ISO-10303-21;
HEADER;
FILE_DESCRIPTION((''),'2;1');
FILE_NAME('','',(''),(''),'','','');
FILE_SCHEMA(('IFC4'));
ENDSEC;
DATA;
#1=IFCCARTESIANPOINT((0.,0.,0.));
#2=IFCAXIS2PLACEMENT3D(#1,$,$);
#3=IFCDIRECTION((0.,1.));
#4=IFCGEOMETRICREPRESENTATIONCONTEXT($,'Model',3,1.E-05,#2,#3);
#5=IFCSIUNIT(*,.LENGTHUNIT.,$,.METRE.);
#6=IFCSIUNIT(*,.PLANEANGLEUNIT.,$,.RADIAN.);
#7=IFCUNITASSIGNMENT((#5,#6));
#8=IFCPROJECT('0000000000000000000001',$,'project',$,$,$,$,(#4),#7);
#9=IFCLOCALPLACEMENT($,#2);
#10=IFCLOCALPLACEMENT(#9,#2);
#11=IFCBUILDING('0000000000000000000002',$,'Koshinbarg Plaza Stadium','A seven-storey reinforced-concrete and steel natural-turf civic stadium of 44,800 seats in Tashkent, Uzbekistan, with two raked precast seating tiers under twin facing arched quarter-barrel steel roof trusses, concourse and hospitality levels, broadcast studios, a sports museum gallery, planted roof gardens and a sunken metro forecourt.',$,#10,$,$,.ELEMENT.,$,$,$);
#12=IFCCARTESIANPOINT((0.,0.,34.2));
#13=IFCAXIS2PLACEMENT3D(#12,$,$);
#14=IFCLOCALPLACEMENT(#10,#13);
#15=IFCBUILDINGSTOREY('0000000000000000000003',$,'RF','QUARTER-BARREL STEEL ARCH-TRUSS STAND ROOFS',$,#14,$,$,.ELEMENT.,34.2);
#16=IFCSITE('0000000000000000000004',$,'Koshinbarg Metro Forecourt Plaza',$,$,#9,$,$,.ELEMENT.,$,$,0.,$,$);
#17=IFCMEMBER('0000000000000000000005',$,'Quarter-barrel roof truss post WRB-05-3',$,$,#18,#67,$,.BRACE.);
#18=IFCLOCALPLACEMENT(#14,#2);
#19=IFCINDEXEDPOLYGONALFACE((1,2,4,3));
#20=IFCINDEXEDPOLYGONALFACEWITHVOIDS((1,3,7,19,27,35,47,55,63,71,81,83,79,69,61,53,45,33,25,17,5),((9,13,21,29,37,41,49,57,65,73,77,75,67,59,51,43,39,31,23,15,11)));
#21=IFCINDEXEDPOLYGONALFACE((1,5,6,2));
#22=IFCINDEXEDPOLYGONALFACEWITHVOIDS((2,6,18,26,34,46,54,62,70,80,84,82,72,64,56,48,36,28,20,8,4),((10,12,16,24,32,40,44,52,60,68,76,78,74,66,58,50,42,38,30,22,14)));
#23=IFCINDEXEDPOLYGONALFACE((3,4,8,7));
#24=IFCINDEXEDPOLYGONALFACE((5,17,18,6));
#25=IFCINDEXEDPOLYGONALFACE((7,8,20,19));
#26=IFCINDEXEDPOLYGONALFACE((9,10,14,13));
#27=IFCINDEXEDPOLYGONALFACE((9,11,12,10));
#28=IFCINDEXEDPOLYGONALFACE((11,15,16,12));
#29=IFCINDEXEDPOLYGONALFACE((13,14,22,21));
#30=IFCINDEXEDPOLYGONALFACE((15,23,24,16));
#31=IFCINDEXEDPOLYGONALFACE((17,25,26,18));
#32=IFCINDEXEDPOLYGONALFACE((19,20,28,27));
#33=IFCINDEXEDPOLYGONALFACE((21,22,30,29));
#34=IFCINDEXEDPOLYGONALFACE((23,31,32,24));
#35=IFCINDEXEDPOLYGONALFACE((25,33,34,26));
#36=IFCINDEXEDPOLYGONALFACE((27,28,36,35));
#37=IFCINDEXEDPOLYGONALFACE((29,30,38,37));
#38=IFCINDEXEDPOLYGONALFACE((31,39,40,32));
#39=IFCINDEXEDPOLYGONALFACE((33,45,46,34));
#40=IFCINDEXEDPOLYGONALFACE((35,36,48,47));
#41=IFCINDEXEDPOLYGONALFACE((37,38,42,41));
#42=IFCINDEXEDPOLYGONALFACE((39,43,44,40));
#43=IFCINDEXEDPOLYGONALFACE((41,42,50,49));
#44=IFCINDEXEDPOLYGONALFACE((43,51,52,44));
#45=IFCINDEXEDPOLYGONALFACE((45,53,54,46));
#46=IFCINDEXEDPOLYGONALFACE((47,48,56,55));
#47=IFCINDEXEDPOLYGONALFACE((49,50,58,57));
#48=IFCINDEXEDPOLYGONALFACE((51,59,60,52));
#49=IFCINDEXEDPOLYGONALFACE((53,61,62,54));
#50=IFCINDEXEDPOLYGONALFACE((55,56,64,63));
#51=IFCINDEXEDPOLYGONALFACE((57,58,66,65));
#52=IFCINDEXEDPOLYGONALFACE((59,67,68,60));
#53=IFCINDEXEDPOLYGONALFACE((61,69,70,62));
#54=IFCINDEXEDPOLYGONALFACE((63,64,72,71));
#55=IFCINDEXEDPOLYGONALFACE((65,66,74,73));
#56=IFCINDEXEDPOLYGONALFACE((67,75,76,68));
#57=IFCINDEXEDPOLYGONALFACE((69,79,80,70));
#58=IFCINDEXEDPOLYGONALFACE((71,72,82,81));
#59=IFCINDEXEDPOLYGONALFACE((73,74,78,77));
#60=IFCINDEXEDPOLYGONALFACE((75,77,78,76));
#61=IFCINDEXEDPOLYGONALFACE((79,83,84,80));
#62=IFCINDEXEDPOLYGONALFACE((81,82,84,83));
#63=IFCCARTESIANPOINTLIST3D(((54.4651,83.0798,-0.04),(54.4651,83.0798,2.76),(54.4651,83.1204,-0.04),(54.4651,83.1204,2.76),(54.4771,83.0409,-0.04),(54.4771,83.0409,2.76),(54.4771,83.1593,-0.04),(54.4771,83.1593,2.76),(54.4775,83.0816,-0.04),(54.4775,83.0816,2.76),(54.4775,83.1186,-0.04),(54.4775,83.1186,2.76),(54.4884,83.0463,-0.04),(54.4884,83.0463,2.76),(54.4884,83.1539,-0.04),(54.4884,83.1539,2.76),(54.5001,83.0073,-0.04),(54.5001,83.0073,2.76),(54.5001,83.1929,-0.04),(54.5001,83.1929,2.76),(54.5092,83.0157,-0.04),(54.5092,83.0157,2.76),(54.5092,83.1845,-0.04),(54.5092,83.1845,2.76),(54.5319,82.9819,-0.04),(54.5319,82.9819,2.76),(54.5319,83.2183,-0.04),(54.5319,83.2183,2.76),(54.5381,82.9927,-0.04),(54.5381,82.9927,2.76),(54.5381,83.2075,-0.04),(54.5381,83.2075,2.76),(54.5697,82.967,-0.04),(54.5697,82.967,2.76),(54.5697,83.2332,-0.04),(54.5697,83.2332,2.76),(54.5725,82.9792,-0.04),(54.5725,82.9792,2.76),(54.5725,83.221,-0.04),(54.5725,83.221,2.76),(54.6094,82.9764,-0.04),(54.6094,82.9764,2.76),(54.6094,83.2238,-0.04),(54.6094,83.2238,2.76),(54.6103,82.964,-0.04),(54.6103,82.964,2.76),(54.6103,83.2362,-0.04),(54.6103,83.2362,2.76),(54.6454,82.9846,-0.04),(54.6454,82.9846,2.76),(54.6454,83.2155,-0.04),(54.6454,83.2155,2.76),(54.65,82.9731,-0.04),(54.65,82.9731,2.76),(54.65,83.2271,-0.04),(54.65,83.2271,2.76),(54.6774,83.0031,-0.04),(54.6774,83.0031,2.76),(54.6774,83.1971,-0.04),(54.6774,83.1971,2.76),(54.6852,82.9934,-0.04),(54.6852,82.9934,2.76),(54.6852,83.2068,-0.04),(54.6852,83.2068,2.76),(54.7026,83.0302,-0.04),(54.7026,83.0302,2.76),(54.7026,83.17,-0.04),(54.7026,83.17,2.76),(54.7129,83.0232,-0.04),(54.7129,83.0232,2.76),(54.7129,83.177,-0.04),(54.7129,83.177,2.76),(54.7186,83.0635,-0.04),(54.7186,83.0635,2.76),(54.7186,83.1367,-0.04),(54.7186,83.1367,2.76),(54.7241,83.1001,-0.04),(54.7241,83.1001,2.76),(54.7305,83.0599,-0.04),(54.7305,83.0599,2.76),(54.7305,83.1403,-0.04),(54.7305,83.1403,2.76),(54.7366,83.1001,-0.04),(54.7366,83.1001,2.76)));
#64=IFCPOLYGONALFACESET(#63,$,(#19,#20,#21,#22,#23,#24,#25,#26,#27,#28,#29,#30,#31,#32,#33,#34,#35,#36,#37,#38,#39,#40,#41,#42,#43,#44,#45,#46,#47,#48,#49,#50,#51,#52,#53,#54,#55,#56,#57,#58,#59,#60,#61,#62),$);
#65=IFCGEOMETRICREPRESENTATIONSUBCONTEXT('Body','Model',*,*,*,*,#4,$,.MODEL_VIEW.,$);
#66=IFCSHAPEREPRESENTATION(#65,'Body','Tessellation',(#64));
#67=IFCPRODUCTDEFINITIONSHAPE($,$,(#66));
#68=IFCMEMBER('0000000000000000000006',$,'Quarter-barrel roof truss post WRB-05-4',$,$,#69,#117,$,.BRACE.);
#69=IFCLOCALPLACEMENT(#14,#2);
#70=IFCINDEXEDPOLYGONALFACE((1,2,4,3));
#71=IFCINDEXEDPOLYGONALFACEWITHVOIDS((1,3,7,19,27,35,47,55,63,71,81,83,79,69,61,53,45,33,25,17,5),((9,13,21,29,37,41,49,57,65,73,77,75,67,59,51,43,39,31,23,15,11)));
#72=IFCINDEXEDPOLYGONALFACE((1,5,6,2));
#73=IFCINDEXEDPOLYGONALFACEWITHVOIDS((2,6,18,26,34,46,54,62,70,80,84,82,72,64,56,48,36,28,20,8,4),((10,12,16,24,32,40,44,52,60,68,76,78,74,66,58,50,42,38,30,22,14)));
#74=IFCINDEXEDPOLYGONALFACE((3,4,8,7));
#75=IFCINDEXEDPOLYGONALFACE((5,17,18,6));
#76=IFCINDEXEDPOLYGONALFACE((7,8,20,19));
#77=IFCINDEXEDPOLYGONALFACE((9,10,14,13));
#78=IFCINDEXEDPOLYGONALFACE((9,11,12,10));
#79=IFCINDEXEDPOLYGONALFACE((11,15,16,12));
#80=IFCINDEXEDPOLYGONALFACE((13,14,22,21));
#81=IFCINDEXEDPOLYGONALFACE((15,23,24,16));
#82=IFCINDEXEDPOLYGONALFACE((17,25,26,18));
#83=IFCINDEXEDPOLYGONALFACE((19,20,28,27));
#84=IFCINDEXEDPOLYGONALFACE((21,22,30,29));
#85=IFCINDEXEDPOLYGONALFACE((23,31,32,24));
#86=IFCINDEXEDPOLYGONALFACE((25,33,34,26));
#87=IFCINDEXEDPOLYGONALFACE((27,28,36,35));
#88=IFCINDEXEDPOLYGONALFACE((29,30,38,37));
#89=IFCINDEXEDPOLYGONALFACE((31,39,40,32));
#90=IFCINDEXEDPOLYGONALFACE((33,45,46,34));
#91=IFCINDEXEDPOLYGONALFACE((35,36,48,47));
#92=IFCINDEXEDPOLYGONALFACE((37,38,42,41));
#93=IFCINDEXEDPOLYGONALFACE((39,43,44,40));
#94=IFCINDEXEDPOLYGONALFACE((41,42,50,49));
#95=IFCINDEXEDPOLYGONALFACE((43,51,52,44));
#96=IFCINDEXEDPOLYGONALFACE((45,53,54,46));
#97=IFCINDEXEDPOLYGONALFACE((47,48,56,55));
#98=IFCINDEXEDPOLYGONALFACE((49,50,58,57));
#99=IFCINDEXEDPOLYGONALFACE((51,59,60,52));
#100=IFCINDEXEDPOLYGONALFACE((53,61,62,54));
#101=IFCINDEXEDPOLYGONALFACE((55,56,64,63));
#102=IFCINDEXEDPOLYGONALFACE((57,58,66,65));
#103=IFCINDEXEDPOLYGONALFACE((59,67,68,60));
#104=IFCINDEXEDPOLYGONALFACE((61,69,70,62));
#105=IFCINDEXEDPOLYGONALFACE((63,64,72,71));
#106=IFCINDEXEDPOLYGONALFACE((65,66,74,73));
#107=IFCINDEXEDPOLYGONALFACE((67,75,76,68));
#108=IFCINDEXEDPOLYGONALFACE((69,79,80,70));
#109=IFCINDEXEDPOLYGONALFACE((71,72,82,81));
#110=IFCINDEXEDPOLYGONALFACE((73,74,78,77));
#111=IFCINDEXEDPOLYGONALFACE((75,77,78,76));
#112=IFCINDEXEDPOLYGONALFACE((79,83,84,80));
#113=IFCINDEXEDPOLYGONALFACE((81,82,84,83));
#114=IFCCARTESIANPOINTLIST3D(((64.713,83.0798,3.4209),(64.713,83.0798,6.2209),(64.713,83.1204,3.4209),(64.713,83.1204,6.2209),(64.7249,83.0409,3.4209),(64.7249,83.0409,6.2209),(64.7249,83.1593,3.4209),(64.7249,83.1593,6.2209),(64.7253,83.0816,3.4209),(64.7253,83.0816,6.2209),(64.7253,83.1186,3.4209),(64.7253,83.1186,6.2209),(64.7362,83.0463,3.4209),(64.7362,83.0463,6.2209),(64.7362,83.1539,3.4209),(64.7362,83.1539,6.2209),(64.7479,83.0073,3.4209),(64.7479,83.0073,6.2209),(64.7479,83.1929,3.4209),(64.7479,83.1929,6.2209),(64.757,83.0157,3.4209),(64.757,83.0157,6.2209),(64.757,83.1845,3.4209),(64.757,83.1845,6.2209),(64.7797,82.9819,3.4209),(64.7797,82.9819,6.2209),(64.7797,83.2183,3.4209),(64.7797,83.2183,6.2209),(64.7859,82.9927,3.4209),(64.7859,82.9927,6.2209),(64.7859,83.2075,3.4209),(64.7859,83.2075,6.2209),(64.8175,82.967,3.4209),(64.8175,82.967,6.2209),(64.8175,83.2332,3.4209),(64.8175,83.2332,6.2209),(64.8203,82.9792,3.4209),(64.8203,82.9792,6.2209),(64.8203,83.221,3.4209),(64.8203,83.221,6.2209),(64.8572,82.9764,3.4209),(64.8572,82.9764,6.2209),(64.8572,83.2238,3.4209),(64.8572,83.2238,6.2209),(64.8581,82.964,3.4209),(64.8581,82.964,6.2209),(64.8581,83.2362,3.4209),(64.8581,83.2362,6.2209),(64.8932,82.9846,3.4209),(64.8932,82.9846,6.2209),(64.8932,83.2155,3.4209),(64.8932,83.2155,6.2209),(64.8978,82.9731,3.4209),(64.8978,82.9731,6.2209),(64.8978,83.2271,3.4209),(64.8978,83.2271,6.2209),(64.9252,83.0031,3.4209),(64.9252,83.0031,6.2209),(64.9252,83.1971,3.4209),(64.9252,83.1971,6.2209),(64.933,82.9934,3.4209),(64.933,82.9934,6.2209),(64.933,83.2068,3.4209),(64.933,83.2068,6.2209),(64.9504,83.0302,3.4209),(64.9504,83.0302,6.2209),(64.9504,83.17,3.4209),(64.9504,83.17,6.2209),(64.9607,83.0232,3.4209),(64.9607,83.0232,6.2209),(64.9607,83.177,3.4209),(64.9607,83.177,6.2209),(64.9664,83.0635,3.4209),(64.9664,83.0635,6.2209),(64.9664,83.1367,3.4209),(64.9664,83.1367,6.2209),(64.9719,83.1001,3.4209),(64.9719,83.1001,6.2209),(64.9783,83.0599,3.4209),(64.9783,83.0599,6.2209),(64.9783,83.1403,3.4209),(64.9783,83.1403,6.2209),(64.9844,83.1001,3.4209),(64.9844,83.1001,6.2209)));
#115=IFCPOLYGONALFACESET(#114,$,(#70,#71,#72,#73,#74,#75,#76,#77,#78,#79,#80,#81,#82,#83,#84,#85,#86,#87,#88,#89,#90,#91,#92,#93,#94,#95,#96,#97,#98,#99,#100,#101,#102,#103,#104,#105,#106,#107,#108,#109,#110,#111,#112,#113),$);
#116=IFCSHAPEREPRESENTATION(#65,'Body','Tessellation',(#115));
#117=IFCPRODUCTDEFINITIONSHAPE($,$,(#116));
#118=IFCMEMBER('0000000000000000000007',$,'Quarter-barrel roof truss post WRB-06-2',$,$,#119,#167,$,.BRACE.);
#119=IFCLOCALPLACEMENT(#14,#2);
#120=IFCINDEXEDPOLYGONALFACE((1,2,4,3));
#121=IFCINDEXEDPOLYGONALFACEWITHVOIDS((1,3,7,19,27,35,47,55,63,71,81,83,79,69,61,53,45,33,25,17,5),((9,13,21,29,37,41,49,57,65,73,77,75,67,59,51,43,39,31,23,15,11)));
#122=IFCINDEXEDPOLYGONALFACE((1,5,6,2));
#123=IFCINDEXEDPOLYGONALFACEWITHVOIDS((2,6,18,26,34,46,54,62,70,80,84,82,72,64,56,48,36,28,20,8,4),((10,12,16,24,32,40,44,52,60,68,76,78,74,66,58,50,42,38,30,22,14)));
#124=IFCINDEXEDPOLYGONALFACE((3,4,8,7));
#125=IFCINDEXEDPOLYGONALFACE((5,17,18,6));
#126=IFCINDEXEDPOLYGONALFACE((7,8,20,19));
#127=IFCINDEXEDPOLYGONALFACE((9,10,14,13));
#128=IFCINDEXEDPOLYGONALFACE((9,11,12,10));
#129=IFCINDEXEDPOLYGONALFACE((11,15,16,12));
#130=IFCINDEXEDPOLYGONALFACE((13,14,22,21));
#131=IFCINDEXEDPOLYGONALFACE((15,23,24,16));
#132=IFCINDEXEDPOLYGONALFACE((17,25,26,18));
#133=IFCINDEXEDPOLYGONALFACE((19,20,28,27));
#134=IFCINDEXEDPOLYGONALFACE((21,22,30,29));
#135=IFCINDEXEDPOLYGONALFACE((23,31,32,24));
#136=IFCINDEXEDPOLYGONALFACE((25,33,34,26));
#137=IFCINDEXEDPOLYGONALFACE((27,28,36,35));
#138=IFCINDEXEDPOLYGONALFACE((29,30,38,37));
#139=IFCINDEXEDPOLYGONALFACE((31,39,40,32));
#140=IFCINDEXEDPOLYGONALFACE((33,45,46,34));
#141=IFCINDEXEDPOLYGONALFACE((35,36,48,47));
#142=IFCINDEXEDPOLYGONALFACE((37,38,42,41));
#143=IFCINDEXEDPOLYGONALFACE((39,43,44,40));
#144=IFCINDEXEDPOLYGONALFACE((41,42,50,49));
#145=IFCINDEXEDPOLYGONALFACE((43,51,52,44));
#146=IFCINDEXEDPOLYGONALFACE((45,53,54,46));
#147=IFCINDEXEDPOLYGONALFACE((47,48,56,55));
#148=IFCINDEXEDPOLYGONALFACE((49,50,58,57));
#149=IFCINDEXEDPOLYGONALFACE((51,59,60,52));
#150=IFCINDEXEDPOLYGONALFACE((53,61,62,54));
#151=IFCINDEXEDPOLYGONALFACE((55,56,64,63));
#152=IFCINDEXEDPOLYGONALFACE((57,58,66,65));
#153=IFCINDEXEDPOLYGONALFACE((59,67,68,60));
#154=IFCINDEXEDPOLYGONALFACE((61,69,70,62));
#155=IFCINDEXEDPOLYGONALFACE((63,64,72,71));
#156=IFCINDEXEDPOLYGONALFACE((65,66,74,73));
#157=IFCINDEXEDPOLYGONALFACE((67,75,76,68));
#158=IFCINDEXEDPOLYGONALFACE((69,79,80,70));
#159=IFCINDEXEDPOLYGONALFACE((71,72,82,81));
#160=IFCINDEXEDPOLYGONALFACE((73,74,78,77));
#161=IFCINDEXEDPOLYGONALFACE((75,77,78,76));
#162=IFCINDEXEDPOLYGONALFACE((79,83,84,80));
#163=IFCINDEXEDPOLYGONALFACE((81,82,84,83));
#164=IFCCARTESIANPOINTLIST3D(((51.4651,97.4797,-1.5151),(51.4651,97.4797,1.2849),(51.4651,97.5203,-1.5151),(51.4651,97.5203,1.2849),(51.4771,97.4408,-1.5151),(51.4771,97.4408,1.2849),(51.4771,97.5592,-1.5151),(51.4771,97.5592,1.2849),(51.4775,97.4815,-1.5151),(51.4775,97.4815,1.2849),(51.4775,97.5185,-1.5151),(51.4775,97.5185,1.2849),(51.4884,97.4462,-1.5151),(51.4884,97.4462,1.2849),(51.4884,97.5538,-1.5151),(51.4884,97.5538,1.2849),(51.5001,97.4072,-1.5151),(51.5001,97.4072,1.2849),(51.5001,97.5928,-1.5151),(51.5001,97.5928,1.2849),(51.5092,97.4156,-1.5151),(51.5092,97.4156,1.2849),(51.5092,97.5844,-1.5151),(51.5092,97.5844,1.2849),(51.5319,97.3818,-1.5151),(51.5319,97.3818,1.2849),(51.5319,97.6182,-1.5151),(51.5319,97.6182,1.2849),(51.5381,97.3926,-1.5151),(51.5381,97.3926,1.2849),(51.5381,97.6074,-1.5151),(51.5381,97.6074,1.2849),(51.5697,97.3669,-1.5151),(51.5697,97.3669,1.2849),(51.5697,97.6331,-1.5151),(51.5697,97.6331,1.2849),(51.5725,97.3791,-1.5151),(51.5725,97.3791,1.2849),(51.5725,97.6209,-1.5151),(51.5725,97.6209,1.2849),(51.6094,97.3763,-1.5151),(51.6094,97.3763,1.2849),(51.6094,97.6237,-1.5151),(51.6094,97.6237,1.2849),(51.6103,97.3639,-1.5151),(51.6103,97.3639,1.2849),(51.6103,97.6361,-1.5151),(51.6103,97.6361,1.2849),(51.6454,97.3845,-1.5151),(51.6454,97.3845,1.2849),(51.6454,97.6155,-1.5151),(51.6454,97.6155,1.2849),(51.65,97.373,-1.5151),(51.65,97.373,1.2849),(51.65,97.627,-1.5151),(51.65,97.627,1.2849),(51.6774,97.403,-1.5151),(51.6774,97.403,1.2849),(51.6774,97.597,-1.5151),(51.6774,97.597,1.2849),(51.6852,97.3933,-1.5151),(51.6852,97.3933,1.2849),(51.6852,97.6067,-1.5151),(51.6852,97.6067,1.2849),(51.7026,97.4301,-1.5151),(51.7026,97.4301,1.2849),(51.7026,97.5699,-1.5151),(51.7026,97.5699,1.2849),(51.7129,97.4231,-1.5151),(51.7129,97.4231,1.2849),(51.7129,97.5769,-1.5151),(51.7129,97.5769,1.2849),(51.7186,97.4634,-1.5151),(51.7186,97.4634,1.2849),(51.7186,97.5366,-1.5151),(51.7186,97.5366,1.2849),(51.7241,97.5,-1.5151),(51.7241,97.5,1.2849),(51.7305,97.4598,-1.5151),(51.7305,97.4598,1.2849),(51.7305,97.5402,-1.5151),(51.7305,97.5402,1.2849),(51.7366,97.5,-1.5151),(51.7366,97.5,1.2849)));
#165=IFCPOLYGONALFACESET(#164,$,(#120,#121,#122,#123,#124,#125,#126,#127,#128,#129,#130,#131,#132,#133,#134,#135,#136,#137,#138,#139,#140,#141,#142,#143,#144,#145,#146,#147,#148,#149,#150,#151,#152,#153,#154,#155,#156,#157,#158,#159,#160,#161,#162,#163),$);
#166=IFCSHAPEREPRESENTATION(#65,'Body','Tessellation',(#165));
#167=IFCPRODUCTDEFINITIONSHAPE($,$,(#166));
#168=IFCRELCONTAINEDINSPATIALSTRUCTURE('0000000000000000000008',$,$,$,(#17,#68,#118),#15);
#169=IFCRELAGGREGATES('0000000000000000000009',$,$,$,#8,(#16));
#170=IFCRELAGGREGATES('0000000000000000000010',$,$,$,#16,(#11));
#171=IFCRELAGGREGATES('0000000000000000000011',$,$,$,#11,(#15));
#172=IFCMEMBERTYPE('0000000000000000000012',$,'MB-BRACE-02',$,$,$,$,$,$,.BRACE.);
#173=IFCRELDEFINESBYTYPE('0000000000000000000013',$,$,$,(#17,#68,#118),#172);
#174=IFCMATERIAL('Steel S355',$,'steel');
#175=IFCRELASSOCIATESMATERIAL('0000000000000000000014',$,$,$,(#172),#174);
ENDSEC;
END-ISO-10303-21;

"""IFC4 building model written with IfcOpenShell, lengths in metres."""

from ifc_helpers import new_model, si_unit, direction, frame, origin, origin_2d, place, context, subcontext, project, spatial, hollow_circle, extrude, material, material_profile, profile_set, type_object, element, save


model = new_model("IFC4")

# Units and contexts
model_context = context("Model", 3, precision=1e-05, world=origin(), true_north=direction((0.0, 1.0)))
body_context = subcontext(model_context, "Body", "Model", "MODEL_VIEW")
ifc_project = project(units=[si_unit("LENGTHUNIT", "METRE"), si_unit("PLANEANGLEUNIT", "RADIAN")], contexts=[model_context])

# Site, building, storey
site_placement = place(None, origin())
site = spatial("IfcSite", under=ifc_project, at=site_placement, Name="Koshinbarg Metro Forecourt Plaza", CompositionType="ELEMENT", RefElevation=0.0)
building_placement = place(site_placement, origin())
building = spatial("IfcBuilding", under=site, at=building_placement, Name="Koshinbarg Plaza Stadium", Description="A seven-storey reinforced-concrete and steel natural-turf civic stadium of 44,800 seats in Tashkent, Uzbekistan, with two raked precast seating tiers under twin facing arched quarter-barrel steel roof trusses, concourse and hospitality levels, broadcast studios, a sports museum gallery, planted roof gardens and a sunken metro forecourt.", CompositionType="ELEMENT")
storey_placement = place(building_placement, frame((0.0, 0.0, 34.2)))
storey = spatial("IfcBuildingStorey", under=building, at=storey_placement, Name="RF", Description="QUARTER-BARREL STEEL ARCH-TRUSS STAND ROOFS", CompositionType="ELEMENT", Elevation=34.2)

# Members
ifc_material_1 = material(Name="Steel S355", Category="steel")
ifc_material_profile_1 = material_profile(ifc_material_1, hollow_circle(Radius=0.1365, WallThickness=0.0125, at=origin_2d()), Name="CHS 273x12.5")
ifc_profile_set_1 = profile_set([ifc_material_profile_1], Name="Steel S355")
member_type_1 = type_object("IfcMemberType", Name="MB-BRACE-02", PredefinedType="BRACE", material=ifc_profile_set_1)
for number, where, z_axis, x_axis, name in (
    (1, (54.6001, 83.1001, -0.04), (0.0, 0.0, 1.0), (1.0, 0.0, 0.0), "Quarter-barrel roof truss post WRB-05-3"),
    (2, (64.8479, 83.1001, 3.4209), (0.0, 0.0, 1.0), (1.0, 0.0, 0.0), "Quarter-barrel roof truss post WRB-05-4"),
    (3, (51.6001, 97.5, -1.5151), (0.0, 0.0, 1.0), (1.0, 0.0, 0.0), "Quarter-barrel roof truss post WRB-06-2"),
):
    element("IfcMember", number, at=place(storey_placement, frame(where, z_axis=z_axis, x_axis=x_axis)), inside=storey, type_object=member_type_1, Name=name, PredefinedType="BRACE", context=body_context, shape_type="SweptSolid", body=[
        extrude(hollow_circle(Radius=0.1365, WallThickness=0.0125, at=origin_2d()), origin(), (0.0, 0.0, 1.0), 2.8),
    ])

save(model, "model.ifc")
